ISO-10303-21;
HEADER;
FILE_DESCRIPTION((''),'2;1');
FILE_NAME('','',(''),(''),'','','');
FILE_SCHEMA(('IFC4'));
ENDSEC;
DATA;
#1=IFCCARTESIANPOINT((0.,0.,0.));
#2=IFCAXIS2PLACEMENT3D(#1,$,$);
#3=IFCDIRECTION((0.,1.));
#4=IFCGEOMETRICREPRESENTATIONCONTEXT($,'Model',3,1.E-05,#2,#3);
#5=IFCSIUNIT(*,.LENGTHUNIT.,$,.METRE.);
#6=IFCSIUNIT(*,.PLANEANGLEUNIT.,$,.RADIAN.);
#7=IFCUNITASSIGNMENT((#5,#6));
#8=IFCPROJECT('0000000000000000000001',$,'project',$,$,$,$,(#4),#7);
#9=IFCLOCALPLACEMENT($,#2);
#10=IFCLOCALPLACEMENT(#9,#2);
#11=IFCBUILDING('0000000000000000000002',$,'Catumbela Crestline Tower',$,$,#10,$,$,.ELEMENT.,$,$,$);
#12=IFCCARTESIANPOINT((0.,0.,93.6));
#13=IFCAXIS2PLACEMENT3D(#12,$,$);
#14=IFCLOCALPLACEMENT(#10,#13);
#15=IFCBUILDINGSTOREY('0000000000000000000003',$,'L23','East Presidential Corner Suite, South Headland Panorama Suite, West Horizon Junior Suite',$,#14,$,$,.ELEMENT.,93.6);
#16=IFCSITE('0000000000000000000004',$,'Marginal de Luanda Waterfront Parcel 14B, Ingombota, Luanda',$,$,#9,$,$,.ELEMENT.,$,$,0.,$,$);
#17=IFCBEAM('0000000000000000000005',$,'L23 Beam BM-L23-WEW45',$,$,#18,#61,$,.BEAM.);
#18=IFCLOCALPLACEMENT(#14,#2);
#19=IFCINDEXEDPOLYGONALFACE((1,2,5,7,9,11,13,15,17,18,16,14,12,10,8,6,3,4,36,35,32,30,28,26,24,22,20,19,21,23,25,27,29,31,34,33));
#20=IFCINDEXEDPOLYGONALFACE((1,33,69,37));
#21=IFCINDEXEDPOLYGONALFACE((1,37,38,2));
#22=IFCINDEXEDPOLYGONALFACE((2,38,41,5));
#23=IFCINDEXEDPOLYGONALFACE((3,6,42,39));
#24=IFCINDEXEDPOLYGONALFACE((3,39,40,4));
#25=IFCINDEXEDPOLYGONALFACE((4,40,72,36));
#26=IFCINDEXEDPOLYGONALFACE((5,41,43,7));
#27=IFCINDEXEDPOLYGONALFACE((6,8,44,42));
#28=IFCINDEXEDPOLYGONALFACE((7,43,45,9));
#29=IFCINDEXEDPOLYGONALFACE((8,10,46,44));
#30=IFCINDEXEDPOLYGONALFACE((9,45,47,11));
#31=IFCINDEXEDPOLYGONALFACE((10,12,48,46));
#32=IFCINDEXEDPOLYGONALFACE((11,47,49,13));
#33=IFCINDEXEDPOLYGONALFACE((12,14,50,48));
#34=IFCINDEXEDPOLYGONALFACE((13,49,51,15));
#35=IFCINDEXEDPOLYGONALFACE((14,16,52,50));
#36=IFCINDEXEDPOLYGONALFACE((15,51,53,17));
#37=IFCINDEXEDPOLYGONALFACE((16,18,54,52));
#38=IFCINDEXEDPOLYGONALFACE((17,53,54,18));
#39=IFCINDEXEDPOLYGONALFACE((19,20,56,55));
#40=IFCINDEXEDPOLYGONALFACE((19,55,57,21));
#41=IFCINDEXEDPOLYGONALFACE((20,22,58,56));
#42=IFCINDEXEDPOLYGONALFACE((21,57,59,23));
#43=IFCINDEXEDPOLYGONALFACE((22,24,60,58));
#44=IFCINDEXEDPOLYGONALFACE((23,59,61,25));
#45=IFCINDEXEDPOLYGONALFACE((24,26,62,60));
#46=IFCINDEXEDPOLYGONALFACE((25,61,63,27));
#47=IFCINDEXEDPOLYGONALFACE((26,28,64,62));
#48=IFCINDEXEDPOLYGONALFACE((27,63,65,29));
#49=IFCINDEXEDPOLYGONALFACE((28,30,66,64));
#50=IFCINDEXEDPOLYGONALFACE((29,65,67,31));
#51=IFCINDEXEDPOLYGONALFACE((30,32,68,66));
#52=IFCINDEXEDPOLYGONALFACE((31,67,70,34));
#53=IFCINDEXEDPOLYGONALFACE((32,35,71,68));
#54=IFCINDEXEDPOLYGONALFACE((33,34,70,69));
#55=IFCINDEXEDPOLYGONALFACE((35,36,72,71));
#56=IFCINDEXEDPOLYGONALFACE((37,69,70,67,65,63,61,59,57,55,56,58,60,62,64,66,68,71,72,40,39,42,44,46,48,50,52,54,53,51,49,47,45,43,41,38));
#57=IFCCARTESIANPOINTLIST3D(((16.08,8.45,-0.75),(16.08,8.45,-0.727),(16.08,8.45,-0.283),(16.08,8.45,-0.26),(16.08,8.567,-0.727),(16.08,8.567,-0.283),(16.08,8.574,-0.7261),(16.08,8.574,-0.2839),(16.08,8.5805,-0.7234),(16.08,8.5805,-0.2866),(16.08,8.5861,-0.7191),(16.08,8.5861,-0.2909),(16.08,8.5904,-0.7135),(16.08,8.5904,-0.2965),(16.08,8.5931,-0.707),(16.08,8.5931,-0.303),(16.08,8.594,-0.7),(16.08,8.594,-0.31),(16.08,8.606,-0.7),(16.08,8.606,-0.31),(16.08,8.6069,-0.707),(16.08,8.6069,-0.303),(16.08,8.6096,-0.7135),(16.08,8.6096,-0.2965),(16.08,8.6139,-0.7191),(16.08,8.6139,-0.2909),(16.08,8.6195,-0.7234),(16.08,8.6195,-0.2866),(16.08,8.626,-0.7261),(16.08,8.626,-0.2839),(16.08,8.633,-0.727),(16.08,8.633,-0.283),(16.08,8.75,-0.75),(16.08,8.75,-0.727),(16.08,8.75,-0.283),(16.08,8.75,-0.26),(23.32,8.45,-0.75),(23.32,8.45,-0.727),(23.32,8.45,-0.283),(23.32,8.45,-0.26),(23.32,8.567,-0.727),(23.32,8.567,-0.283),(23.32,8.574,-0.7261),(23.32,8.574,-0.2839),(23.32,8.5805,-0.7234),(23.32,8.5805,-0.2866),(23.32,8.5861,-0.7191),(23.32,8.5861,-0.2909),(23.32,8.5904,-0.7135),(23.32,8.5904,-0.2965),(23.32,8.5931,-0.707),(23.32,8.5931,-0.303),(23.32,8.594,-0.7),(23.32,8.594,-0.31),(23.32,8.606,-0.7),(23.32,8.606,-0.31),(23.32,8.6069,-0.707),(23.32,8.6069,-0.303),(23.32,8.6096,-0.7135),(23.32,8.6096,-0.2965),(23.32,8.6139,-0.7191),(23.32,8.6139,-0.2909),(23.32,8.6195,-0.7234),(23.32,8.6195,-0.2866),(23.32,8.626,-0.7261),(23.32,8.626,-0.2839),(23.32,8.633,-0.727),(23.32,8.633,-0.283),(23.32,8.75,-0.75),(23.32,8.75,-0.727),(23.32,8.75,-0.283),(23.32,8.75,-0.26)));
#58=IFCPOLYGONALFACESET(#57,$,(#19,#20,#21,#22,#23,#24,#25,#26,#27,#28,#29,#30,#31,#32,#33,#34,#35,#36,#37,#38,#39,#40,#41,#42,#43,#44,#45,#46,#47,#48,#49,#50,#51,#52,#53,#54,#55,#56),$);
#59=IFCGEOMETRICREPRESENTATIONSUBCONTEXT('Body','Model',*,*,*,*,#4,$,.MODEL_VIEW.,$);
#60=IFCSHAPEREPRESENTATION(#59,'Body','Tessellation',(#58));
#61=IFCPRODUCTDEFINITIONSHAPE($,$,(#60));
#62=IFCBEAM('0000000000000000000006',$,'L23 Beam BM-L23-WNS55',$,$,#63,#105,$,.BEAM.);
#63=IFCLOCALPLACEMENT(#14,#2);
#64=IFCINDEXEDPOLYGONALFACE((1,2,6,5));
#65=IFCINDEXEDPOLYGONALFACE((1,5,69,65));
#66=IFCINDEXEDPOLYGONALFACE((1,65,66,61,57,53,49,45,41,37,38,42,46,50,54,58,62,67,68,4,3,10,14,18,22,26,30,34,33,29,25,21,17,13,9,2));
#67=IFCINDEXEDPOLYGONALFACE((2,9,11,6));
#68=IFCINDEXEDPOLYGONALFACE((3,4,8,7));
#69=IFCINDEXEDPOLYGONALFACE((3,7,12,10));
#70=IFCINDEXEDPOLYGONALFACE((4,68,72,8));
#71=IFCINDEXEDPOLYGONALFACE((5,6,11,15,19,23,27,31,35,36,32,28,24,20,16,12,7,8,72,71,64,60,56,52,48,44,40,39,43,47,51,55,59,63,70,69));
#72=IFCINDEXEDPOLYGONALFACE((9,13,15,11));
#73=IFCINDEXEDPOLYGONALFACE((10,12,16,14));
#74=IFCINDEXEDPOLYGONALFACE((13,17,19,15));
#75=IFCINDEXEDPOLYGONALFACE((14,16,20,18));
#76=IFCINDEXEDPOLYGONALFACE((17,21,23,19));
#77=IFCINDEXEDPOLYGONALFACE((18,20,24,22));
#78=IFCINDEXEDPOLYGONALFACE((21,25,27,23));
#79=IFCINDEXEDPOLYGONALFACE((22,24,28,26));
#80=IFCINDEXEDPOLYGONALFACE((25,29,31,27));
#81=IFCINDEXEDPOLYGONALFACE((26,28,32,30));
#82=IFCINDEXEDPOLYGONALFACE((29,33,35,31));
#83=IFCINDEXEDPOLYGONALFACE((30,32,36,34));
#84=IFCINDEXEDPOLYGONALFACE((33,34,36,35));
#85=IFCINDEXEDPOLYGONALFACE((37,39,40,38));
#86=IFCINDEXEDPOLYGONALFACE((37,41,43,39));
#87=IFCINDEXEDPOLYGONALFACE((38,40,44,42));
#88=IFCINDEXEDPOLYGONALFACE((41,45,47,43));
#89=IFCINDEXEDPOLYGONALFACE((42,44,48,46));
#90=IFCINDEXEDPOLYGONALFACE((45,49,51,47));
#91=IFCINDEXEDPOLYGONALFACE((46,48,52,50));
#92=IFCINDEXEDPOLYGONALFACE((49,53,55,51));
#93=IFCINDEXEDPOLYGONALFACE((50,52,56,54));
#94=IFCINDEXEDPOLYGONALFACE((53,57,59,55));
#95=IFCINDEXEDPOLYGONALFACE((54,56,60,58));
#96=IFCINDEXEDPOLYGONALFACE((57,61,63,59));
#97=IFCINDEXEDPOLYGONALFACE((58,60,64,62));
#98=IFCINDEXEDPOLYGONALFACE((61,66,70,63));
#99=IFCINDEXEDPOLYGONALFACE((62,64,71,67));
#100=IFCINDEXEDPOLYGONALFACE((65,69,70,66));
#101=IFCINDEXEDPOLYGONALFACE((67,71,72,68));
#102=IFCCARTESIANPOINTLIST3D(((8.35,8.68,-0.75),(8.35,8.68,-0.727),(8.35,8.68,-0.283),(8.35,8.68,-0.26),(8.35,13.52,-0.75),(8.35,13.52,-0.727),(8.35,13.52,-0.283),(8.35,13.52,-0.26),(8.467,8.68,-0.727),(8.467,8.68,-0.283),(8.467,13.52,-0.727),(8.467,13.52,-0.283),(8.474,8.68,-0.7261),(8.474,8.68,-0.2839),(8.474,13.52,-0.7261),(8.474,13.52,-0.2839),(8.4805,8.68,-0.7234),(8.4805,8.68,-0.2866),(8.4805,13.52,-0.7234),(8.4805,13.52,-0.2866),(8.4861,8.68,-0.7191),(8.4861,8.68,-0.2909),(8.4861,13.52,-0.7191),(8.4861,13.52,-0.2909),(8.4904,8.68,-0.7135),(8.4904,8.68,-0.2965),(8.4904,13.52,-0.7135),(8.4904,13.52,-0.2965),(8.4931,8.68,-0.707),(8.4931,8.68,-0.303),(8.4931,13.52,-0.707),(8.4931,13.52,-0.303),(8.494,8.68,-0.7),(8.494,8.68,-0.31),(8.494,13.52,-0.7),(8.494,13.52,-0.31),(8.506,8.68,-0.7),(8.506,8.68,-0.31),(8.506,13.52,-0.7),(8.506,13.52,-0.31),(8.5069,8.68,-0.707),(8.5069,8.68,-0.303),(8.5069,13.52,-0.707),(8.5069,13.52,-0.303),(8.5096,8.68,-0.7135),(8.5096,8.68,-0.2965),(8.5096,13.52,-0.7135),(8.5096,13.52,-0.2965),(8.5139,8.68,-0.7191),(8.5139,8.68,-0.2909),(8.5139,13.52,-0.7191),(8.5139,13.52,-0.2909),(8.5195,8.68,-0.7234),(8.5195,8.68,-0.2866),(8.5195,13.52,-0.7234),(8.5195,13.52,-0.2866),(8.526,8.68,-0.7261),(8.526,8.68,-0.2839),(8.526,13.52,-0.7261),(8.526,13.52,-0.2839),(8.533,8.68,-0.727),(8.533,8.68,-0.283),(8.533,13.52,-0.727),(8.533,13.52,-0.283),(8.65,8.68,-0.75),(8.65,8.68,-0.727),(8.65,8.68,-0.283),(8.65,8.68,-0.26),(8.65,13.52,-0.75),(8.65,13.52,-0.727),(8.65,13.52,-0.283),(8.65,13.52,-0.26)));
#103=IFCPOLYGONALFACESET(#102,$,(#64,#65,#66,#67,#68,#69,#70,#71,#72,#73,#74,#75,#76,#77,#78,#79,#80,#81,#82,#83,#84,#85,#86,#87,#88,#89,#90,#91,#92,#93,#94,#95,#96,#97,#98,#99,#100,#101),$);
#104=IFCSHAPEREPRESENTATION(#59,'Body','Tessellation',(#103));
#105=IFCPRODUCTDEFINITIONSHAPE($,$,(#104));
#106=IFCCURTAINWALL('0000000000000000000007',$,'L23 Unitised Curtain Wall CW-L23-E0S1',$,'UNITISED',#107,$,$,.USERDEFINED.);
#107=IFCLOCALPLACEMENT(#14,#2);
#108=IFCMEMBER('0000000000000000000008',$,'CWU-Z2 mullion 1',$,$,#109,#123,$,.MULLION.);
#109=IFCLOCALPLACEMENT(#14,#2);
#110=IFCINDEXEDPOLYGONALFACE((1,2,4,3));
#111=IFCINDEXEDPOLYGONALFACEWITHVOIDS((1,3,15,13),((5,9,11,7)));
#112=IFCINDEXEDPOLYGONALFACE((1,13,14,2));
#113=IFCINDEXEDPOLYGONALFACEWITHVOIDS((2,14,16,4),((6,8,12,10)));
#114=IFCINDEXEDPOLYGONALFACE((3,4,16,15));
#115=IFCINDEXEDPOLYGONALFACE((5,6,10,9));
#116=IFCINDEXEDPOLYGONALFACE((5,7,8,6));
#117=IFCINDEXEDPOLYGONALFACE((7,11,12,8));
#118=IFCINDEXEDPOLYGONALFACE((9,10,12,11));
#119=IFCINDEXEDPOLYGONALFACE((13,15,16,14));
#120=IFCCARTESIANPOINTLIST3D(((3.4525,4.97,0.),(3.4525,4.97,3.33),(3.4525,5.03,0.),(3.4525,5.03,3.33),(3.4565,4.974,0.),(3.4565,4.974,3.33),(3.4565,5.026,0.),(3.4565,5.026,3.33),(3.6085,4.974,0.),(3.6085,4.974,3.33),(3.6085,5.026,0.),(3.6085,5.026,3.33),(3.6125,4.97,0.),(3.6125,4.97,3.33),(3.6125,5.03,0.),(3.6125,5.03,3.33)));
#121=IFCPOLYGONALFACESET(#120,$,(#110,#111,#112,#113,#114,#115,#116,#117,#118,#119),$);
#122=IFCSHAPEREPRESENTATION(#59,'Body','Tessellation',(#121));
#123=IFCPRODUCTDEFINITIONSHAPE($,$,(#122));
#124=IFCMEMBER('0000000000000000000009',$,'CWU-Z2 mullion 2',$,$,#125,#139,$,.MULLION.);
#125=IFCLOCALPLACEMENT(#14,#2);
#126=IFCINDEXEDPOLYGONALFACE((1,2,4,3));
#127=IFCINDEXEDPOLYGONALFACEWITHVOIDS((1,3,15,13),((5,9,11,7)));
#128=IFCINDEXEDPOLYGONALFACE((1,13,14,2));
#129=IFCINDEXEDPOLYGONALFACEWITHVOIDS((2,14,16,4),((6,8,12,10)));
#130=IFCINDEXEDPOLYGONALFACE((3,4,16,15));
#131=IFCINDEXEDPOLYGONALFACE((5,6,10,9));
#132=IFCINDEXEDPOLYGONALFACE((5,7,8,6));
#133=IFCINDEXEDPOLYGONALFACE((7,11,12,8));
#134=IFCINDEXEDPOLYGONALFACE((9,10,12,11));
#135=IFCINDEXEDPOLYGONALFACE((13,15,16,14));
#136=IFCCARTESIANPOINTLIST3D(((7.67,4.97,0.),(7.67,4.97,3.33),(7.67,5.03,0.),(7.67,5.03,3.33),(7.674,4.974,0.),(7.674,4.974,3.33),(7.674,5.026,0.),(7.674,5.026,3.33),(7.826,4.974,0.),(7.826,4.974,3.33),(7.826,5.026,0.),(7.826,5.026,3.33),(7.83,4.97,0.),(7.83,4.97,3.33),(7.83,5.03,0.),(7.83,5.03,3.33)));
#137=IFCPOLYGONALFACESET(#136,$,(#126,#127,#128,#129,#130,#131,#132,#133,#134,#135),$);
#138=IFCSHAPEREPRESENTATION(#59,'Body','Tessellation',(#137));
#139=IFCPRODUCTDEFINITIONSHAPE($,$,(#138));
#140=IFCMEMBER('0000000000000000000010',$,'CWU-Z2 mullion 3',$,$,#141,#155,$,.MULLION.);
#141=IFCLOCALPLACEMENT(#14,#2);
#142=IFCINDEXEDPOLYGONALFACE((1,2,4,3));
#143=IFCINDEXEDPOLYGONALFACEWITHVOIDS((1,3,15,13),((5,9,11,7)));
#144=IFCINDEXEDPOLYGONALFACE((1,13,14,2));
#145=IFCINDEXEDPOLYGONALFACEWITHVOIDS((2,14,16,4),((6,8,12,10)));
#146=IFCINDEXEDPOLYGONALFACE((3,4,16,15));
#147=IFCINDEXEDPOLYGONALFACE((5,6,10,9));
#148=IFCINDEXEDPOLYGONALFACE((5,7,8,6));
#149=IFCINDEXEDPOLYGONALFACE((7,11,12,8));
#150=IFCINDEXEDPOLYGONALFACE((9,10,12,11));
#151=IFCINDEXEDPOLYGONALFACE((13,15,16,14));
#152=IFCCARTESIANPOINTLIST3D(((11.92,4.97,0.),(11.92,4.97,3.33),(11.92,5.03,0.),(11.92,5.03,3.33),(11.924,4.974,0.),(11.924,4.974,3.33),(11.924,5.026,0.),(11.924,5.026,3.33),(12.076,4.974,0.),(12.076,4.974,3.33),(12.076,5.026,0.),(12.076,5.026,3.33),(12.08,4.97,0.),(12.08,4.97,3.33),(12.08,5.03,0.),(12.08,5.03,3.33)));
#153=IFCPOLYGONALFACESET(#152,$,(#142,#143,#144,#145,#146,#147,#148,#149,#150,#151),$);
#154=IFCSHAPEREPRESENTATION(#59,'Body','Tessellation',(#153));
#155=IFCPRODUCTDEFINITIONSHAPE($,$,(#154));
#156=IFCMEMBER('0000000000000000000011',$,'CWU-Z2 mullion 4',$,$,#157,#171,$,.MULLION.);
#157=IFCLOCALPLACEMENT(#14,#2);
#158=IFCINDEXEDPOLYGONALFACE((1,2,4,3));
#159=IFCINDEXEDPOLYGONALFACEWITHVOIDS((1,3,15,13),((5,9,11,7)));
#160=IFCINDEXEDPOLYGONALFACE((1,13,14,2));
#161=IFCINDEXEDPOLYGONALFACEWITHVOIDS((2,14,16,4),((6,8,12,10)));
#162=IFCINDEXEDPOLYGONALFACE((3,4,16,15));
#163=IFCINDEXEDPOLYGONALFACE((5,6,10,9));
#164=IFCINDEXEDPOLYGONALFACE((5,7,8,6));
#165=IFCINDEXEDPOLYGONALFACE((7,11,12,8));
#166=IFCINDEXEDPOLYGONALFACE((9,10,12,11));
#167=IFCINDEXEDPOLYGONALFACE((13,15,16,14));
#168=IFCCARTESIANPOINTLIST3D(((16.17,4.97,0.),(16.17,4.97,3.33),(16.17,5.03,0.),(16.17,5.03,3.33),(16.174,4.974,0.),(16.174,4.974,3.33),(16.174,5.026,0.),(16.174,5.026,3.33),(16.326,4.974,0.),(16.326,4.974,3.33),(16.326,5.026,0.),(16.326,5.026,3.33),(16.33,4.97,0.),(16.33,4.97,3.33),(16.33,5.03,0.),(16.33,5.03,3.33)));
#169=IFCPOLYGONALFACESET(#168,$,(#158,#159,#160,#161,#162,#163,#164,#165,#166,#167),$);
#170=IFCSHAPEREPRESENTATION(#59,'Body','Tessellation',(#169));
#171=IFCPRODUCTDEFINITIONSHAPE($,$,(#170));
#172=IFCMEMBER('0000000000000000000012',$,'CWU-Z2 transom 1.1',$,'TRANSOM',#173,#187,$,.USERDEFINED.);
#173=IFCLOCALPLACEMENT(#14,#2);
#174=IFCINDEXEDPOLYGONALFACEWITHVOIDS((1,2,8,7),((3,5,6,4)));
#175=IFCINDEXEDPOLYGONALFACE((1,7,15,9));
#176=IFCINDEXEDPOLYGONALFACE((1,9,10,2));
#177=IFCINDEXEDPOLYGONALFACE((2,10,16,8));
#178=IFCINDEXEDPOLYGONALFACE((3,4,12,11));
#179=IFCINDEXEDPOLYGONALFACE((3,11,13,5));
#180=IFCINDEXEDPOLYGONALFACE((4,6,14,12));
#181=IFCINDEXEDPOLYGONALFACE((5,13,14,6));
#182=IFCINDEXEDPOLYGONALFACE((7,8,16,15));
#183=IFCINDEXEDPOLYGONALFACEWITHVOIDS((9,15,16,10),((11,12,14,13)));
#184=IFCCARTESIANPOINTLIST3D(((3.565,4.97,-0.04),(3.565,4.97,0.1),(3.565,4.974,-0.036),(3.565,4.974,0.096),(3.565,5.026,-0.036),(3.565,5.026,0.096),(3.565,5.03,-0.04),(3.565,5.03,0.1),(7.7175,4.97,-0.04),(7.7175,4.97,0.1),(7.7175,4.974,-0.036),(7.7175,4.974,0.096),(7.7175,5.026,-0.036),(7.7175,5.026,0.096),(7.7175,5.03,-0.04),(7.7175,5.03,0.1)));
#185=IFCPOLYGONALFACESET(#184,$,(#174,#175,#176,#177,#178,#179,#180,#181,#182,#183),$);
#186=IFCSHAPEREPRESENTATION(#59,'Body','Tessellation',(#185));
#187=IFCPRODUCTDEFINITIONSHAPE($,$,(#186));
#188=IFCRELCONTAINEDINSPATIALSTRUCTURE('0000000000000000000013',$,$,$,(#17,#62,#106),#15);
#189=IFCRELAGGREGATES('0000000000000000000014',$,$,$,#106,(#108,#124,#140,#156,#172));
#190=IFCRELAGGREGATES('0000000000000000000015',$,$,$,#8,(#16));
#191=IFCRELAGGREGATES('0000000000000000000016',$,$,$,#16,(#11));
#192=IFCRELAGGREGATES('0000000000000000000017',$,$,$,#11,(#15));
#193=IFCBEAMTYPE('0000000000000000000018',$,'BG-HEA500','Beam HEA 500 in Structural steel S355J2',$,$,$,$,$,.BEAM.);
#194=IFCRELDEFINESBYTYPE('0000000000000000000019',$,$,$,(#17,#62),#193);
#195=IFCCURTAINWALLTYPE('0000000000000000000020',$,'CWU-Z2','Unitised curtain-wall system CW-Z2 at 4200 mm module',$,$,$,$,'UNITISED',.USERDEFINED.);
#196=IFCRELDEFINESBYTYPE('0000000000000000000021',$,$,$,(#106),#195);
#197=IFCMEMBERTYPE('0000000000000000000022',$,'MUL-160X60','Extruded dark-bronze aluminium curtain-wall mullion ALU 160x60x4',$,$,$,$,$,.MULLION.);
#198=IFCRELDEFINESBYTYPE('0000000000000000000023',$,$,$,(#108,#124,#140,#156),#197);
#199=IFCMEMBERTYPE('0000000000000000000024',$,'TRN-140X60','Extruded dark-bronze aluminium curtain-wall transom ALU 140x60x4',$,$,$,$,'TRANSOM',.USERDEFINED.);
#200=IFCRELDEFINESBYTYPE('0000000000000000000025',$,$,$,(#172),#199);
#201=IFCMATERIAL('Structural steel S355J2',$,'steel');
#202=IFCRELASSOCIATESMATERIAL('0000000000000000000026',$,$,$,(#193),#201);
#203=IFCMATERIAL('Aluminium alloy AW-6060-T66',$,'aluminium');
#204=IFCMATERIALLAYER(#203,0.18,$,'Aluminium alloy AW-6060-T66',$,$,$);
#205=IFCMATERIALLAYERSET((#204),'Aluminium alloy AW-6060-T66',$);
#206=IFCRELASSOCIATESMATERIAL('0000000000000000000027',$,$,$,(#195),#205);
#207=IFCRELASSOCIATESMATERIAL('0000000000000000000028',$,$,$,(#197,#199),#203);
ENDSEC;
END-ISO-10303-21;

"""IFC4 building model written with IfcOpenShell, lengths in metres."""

from ifc_helpers import new_model, si_unit, direction, frame, origin, origin_2d, place, context, subcontext, project, spatial, hollow_rectangle, i_section, extrude, material, layer, layer_set, material_profile, profile_set, type_object, element, aggregate, save


model = new_model("IFC4")

# Units and contexts
model_context = context("Model", 3, precision=1e-05, world=origin(), true_north=direction((0.0, 1.0)))
body_context = subcontext(model_context, "Body", "Model", "MODEL_VIEW")
ifc_project = project(units=[si_unit("LENGTHUNIT", "METRE"), si_unit("PLANEANGLEUNIT", "RADIAN")], contexts=[model_context])

# Site, building, storey
site_placement = place(None, origin())
site = spatial("IfcSite", under=ifc_project, at=site_placement, Name="Marginal de Luanda Waterfront Parcel 14B, Ingombota, Luanda", CompositionType="ELEMENT", RefElevation=0.0)
building_placement = place(site_placement, origin())
building = spatial("IfcBuilding", under=site, at=building_placement, Name="Catumbela Crestline Tower", CompositionType="ELEMENT")
storey_placement = place(building_placement, frame((0.0, 0.0, 93.6)))
storey = spatial("IfcBuildingStorey", under=building, at=storey_placement, Name="L23", Description="East Presidential Corner Suite, South Headland Panorama Suite, West Horizon Junior Suite", CompositionType="ELEMENT", Elevation=93.6)

# Beams
ifc_material_1 = material(Name="Structural steel S355J2", Category="steel")
ifc_material_profile_1 = material_profile(ifc_material_1, i_section(OverallWidth=0.3, OverallDepth=0.49, WebThickness=0.012, FlangeThickness=0.023, FilletRadius=0.027, at=origin_2d()), Name="HEA 500")
ifc_profile_set_1 = profile_set([ifc_material_profile_1], Name="Structural steel S355J2")
beam_type = type_object("IfcBeamType", Name="BG-HEA500", Description="Beam HEA 500 in Structural steel S355J2", PredefinedType="BEAM", material=ifc_profile_set_1)
beam_1_placement = place(storey_placement, frame((16.08, 8.6, -0.505), z_axis=(1.0, 0.0, 0.0), x_axis=(0.0, 1.0, 0.0)))
element("IfcBeam", 1, at=beam_1_placement, inside=storey, type_object=beam_type, Name="L23 Beam BM-L23-WEW45", PredefinedType="BEAM", context=body_context, shape_type="SweptSolid", body=[
    extrude(i_section(OverallWidth=0.3, OverallDepth=0.49, WebThickness=0.012, FlangeThickness=0.023, FilletRadius=0.027, at=origin_2d()), origin(), (0.0, 0.0, 1.0), 7.24),
])
beam_2_placement = place(storey_placement, frame((8.5, 8.68, -0.505), z_axis=(0.0, 1.0, 0.0), x_axis=(-1.0, 0.0, 0.0)))
element("IfcBeam", 2, at=beam_2_placement, inside=storey, type_object=beam_type, Name="L23 Beam BM-L23-WNS55", PredefinedType="BEAM", context=body_context, shape_type="SweptSolid", body=[
    extrude(i_section(OverallWidth=0.3, OverallDepth=0.49, WebThickness=0.012, FlangeThickness=0.023, FilletRadius=0.027, at=origin_2d()), origin(), (0.0, 0.0, 1.0), 4.84),
])

# Curtain wall, members
ifc_material_2 = material(Name="Aluminium alloy AW-6060-T66", Category="aluminium")
ifc_layer_1 = layer(ifc_material_2, 0.18, Name="Aluminium alloy AW-6060-T66")
ifc_layer_set_1 = layer_set([ifc_layer_1], Name="Aluminium alloy AW-6060-T66")
curtain_wall_type = type_object("IfcCurtainWallType", Name="CWU-Z2", Description="Unitised curtain-wall system CW-Z2 at 4200 mm module", ElementType="UNITISED", PredefinedType="USERDEFINED", material=ifc_layer_set_1)
curtain_wall_placement = place(storey_placement, origin())
curtain_wall = element("IfcCurtainWall", 3, at=curtain_wall_placement, inside=storey, type_object=curtain_wall_type, Name="L23 Unitised Curtain Wall CW-L23-E0S1", ObjectType="UNITISED", PredefinedType="USERDEFINED")
ifc_material_profile_2 = material_profile(ifc_material_2, hollow_rectangle(XDim=0.06, YDim=0.16, WallThickness=0.004, at=origin_2d()), Name="ALU 160x60x4")
ifc_profile_set_2 = profile_set([ifc_material_profile_2], Name="Aluminium alloy AW-6060-T66")
member_type_1 = type_object("IfcMemberType", Name="MUL-160X60", Description="Extruded dark-bronze aluminium curtain-wall mullion ALU 160x60x4", PredefinedType="MULLION", material=ifc_profile_set_2)
member_1_placement = place(storey_placement, frame((3.5325, 5.0, 0.0), z_axis=(0.0, 0.0, 1.0), x_axis=(0.0, 1.0, 0.0)))
member_1 = element("IfcMember", 4, at=member_1_placement, type_object=member_type_1, Name="CWU-Z2 mullion 1", PredefinedType="MULLION", context=body_context, shape_type="SweptSolid", body=[
    extrude(hollow_rectangle(XDim=0.06, YDim=0.16, WallThickness=0.004, at=origin_2d()), origin(), (0.0, 0.0, 1.0), 3.33),
])
member_2_placement = place(storey_placement, frame((7.75, 5.0, 0.0), z_axis=(0.0, 0.0, 1.0), x_axis=(0.0, 1.0, 0.0)))
member_2 = element("IfcMember", 5, at=member_2_placement, type_object=member_type_1, Name="CWU-Z2 mullion 2", PredefinedType="MULLION", context=body_context, shape_type="SweptSolid", body=[
    extrude(hollow_rectangle(XDim=0.06, YDim=0.16, WallThickness=0.004, at=origin_2d()), origin(), (0.0, 0.0, 1.0), 3.33),
])
member_3_placement = place(storey_placement, frame((12.0, 5.0, 0.0), z_axis=(0.0, 0.0, 1.0), x_axis=(0.0, 1.0, 0.0)))
member_3 = element("IfcMember", 6, at=member_3_placement, type_object=member_type_1, Name="CWU-Z2 mullion 3", PredefinedType="MULLION", context=body_context, shape_type="SweptSolid", body=[
    extrude(hollow_rectangle(XDim=0.06, YDim=0.16, WallThickness=0.004, at=origin_2d()), origin(), (0.0, 0.0, 1.0), 3.33),
])
member_4_placement = place(storey_placement, frame((16.25, 5.0, 0.0), z_axis=(0.0, 0.0, 1.0), x_axis=(0.0, 1.0, 0.0)))
member_4 = element("IfcMember", 7, at=member_4_placement, type_object=member_type_1, Name="CWU-Z2 mullion 4", PredefinedType="MULLION", context=body_context, shape_type="SweptSolid", body=[
    extrude(hollow_rectangle(XDim=0.06, YDim=0.16, WallThickness=0.004, at=origin_2d()), origin(), (0.0, 0.0, 1.0), 3.33),
])
ifc_material_profile_3 = material_profile(ifc_material_2, hollow_rectangle(XDim=0.06, YDim=0.14, WallThickness=0.004, at=origin_2d()), Name="ALU 140x60x4")
ifc_profile_set_3 = profile_set([ifc_material_profile_3], Name="Aluminium alloy AW-6060-T66")
member_type_2 = type_object("IfcMemberType", Name="TRN-140X60", Description="Extruded dark-bronze aluminium curtain-wall transom ALU 140x60x4", ElementType="TRANSOM", PredefinedType="USERDEFINED", material=ifc_profile_set_3)
member_5_placement = place(storey_placement, frame((3.565, 5.0, 0.03), z_axis=(1.0, 0.0, 0.0), x_axis=(0.0, 1.0, 0.0)))
member_5 = element("IfcMember", 8, at=member_5_placement, type_object=member_type_2, Name="CWU-Z2 transom 1.1", ObjectType="TRANSOM", PredefinedType="USERDEFINED", context=body_context, shape_type="SweptSolid", body=[
    extrude(hollow_rectangle(XDim=0.06, YDim=0.14, WallThickness=0.004, at=origin_2d()), origin(), (0.0, 0.0, 1.0), 4.1525),
])
aggregate(curtain_wall, [member_1, member_2, member_3, member_4, member_5])

save(model, "model.ifc")
